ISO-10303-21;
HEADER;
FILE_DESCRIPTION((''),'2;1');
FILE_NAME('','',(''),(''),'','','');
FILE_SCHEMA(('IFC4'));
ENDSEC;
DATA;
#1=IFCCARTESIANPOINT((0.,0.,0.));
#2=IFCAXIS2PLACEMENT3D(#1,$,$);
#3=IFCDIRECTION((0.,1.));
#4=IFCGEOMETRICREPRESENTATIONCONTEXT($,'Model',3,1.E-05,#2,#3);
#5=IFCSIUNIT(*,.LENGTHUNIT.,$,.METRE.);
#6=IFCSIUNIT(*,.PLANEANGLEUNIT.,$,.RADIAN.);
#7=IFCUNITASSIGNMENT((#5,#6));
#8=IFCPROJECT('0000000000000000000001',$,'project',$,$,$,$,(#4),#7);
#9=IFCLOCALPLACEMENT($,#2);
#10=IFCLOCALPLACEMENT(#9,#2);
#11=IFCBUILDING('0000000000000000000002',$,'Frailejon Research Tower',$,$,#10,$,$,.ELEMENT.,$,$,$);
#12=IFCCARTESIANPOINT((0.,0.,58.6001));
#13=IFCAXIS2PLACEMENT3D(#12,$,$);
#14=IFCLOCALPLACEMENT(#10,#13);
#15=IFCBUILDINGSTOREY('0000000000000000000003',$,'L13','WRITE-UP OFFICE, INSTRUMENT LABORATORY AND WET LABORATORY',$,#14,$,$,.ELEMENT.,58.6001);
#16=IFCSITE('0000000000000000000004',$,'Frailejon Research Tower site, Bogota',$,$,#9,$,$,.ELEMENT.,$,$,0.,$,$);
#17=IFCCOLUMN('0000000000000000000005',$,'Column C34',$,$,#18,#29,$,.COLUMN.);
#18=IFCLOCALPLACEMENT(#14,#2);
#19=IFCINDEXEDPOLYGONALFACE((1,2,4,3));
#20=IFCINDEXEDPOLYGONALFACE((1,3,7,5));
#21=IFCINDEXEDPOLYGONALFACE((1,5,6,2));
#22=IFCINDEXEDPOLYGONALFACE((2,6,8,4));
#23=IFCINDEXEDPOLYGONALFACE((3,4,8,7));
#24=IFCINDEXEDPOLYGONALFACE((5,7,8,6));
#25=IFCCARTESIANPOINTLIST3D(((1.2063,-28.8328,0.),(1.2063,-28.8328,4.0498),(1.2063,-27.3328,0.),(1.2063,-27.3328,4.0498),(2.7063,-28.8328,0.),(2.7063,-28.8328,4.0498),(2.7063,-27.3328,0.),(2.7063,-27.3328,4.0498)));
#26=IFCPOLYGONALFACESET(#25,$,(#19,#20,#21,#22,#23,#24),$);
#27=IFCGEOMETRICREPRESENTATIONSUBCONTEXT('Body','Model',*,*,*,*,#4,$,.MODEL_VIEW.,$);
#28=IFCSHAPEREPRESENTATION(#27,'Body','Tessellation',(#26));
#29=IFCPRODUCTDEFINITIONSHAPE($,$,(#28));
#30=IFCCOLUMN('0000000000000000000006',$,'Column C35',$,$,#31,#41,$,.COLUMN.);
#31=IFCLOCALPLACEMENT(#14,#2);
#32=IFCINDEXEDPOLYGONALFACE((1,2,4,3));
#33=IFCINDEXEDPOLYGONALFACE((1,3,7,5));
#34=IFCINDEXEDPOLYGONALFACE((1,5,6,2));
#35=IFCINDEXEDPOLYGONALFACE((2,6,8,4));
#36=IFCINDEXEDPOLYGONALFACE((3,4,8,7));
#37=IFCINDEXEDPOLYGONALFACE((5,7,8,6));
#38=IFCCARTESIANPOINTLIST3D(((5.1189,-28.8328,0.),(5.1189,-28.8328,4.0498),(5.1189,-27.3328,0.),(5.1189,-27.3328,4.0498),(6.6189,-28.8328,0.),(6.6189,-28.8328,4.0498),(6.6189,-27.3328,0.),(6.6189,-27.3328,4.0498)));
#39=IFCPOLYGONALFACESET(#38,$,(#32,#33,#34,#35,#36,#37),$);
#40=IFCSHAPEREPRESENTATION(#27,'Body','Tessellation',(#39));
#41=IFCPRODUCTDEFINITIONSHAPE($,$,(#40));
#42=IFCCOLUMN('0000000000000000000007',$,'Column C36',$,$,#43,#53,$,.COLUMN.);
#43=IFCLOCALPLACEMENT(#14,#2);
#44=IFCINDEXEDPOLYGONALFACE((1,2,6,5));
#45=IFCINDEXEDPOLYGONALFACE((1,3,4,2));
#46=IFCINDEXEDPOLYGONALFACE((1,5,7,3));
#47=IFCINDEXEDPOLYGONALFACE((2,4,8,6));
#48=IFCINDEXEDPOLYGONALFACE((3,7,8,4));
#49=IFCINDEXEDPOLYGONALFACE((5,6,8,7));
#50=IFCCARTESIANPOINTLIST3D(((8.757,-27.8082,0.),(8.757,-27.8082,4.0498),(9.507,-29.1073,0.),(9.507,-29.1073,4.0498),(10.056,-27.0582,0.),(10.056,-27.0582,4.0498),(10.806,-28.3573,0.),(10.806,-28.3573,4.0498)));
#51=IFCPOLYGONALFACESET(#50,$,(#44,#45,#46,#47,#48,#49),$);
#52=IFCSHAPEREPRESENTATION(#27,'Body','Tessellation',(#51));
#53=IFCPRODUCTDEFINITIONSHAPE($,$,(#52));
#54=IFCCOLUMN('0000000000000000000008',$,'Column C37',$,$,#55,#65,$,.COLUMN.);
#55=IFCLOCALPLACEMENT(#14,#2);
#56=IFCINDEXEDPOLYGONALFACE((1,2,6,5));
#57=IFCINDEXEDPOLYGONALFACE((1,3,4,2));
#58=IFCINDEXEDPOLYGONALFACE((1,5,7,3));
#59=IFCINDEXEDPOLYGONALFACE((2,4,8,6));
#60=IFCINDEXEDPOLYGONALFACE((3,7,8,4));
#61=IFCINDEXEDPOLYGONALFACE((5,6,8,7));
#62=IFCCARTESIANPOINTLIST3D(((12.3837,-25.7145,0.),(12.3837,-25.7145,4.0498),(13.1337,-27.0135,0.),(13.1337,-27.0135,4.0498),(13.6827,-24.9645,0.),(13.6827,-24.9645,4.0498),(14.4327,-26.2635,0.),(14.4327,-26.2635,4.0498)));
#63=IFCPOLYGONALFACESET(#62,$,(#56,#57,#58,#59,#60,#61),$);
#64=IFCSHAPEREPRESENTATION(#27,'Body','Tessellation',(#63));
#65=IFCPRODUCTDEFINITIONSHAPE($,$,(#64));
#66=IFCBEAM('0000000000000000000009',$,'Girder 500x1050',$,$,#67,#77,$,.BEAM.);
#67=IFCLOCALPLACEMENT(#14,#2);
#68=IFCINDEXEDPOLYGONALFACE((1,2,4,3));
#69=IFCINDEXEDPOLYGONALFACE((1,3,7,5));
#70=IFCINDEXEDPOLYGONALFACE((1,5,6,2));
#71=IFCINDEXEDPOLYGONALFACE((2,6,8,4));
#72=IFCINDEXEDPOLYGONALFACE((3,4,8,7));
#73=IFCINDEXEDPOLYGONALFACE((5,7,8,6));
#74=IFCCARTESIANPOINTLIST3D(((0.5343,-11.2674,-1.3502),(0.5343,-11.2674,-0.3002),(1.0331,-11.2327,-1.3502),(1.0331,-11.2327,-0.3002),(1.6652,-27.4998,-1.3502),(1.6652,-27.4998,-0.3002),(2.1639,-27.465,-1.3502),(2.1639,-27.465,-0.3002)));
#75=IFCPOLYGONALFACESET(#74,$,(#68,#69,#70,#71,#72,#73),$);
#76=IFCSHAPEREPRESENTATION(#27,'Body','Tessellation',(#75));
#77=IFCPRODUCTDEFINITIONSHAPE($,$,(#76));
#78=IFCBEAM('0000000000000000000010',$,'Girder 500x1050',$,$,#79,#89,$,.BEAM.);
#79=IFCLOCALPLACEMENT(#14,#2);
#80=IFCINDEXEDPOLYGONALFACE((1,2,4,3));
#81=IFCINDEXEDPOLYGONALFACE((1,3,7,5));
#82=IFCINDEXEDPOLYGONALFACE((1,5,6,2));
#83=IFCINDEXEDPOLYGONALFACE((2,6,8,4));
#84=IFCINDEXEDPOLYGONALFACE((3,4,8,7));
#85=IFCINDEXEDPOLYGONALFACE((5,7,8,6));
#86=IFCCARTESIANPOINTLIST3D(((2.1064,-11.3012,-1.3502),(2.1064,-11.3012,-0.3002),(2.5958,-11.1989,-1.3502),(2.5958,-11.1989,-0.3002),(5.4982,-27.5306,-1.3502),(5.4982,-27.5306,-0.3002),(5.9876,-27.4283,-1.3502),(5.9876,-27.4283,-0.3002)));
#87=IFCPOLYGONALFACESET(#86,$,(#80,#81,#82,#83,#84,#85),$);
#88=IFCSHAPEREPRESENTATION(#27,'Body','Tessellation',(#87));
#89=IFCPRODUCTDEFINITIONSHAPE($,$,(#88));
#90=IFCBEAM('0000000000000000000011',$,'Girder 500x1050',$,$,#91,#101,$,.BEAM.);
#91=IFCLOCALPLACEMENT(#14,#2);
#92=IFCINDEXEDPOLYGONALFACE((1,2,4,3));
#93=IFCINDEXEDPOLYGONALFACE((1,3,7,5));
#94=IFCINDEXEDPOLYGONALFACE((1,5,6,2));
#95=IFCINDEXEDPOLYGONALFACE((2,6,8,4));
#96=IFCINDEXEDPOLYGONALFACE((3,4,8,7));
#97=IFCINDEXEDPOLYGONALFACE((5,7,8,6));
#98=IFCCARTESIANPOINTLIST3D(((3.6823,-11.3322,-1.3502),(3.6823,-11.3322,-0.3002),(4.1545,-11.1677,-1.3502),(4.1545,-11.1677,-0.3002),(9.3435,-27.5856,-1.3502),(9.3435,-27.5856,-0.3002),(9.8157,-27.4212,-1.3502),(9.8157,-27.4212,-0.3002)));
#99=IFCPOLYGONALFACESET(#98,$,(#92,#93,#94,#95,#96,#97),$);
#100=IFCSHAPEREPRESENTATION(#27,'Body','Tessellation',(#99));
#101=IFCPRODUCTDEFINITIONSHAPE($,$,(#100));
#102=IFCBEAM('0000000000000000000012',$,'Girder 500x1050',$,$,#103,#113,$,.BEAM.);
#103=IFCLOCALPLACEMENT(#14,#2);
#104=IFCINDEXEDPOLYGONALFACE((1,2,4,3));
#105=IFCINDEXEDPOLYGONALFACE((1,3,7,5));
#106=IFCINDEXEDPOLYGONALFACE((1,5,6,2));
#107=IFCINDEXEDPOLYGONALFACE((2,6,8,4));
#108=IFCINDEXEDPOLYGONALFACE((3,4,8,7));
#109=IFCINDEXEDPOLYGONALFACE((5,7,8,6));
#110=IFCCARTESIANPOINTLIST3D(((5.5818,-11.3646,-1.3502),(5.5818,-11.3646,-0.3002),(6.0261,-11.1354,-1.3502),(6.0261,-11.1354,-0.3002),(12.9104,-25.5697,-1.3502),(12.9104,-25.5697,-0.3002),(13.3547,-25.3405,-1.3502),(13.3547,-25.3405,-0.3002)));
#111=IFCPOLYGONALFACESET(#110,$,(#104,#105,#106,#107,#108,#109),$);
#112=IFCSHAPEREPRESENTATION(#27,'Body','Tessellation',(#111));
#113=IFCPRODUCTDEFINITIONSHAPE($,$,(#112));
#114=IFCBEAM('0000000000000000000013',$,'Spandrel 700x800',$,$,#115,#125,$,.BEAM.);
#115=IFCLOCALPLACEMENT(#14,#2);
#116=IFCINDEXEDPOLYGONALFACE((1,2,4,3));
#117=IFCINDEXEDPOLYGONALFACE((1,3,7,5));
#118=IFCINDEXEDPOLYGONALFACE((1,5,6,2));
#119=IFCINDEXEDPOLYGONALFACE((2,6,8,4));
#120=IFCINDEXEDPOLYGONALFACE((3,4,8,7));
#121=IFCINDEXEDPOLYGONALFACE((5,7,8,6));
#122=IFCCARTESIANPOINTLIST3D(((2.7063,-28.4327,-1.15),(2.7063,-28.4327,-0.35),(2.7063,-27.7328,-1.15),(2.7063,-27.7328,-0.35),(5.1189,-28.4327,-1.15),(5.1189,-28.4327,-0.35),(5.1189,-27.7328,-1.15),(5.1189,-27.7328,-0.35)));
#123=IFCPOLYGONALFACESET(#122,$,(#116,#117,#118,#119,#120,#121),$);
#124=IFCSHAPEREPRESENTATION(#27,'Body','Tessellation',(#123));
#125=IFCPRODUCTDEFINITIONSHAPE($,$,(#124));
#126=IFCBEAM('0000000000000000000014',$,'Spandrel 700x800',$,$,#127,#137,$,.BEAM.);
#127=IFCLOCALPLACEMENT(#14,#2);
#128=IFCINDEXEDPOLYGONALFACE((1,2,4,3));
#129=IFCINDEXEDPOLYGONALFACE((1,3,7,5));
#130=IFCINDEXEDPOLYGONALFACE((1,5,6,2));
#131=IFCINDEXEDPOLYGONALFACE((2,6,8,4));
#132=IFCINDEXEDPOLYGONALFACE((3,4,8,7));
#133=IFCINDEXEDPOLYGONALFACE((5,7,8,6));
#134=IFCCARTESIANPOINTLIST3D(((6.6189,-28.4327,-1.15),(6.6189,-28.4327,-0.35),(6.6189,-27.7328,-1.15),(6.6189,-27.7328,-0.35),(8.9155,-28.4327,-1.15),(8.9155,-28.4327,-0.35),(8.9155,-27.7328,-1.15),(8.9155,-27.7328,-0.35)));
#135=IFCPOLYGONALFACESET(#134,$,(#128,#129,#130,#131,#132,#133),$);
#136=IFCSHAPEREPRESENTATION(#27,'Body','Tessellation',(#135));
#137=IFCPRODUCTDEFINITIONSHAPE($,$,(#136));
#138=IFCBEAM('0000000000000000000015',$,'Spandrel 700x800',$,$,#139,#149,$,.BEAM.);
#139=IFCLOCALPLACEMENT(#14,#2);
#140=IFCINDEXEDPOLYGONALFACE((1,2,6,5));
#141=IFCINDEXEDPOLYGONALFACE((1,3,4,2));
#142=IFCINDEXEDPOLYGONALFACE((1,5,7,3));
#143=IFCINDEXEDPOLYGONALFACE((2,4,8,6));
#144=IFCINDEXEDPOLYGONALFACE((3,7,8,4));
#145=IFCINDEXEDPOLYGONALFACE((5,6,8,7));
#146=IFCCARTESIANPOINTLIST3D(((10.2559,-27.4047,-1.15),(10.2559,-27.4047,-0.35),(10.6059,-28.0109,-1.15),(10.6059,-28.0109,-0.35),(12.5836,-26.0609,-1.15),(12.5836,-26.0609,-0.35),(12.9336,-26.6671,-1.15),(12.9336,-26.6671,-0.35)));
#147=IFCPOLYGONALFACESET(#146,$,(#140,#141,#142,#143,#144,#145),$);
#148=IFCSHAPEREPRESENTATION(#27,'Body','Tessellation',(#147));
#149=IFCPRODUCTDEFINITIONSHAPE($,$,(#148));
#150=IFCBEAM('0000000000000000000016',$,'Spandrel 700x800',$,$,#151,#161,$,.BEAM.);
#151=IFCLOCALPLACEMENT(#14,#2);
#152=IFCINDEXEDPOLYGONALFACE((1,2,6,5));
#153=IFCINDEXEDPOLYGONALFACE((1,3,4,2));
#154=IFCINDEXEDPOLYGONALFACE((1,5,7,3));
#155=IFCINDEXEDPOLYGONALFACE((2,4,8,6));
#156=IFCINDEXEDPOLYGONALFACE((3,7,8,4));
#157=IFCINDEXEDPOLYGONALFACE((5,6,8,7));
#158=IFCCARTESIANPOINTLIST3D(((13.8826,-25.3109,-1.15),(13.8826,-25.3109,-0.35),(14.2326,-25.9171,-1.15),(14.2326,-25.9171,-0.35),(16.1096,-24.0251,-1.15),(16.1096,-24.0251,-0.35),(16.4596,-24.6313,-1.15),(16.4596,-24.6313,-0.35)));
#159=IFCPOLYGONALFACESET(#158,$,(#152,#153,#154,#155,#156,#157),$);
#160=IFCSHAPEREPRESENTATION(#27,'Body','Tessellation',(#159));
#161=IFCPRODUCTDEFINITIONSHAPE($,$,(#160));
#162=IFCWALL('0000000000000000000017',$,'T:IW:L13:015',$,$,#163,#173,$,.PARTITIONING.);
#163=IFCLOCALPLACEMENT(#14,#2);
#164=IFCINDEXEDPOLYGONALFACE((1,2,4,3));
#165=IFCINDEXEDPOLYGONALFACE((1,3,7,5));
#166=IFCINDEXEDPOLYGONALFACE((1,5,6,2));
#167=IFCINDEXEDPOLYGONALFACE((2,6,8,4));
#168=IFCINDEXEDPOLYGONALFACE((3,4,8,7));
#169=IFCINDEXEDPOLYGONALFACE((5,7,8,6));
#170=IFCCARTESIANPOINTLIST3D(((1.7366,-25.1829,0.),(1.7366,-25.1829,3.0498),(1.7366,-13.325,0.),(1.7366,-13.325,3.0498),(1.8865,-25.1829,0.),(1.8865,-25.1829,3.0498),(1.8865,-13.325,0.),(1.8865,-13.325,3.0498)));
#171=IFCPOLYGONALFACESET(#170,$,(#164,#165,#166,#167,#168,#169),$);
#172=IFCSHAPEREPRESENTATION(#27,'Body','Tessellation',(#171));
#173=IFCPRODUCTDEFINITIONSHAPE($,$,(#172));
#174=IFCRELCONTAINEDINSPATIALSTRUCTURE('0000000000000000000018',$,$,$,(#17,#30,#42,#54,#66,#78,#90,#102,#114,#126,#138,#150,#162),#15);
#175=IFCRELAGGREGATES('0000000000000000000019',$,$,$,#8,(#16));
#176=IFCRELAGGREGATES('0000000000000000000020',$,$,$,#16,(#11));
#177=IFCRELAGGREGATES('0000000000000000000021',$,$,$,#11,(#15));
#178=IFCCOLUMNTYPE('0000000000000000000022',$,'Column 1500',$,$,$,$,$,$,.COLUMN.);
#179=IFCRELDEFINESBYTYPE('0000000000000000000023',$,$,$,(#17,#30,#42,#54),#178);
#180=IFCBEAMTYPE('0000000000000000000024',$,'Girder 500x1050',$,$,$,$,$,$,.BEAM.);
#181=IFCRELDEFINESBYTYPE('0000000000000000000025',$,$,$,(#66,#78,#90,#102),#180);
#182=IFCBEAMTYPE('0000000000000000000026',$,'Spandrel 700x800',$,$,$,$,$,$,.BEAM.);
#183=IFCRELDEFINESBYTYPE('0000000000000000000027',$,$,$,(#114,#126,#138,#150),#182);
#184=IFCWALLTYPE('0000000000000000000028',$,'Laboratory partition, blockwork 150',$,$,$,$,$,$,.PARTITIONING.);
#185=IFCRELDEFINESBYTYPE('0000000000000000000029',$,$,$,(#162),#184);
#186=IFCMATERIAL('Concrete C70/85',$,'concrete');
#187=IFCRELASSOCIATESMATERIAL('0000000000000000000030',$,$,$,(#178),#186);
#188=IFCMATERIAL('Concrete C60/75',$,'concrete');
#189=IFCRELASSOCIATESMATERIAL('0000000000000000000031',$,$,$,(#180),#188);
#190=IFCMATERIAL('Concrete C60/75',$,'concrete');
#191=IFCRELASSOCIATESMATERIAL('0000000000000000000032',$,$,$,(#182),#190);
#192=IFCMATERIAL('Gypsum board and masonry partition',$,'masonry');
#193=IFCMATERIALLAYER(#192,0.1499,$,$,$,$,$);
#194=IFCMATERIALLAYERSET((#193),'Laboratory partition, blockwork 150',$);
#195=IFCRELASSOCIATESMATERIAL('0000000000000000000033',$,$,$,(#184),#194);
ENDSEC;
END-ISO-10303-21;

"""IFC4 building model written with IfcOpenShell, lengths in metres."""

from ifc_helpers import new_model, si_unit, direction, frame, frame_2d, origin, origin_2d, place, context, subcontext, project, spatial, rectangle, extrude, material, layer, layer_set, material_profile, profile_set, type_object, element, save


model = new_model("IFC4")

# Units and contexts
model_context = context("Model", 3, precision=1e-05, world=origin(), true_north=direction((0.0, 1.0)))
body_context = subcontext(model_context, "Body", "Model", "MODEL_VIEW")
ifc_project = project(units=[si_unit("LENGTHUNIT", "METRE"), si_unit("PLANEANGLEUNIT", "RADIAN")], contexts=[model_context])

# Site, building, storey
site_placement = place(None, origin())
site = spatial("IfcSite", under=ifc_project, at=site_placement, Name="Frailejon Research Tower site, Bogota", CompositionType="ELEMENT", RefElevation=0.0)
building_placement = place(site_placement, origin())
building = spatial("IfcBuilding", under=site, at=building_placement, Name="Frailejon Research Tower", CompositionType="ELEMENT")
storey_placement = place(building_placement, frame((0.0, 0.0, 58.6001)))
storey = spatial("IfcBuildingStorey", under=building, at=storey_placement, Name="L13", Description="WRITE-UP OFFICE, INSTRUMENT LABORATORY AND WET LABORATORY", CompositionType="ELEMENT", Elevation=58.6001)

# Columns
ifc_material_1 = material(Name="Concrete C70/85", Category="concrete")
ifc_material_profile_1 = material_profile(ifc_material_1, rectangle(XDim=1.5, YDim=1.5, at=origin_2d()), Name="Column 1500")
ifc_profile_set_1 = profile_set([ifc_material_profile_1], Name="Concrete C70/85")
column_type = type_object("IfcColumnType", Name="Column 1500", PredefinedType="COLUMN", material=ifc_profile_set_1)
for number, where, z_axis, x_axis, name in (
    (1, (1.9563, -28.0828, 0.0), (0.0, 0.0, 1.0), (1.0, 0.0, 0.0), "Column C34"),
    (2, (5.8689, -28.0828, 0.0), (0.0, 0.0, 1.0), (1.0, 0.0, 0.0), "Column C35"),
    (3, (9.7815, -28.0828, 0.0), (0.0, 0.0, 1.0), (0.866025, 0.5, 0.0), "Column C36"),
    (4, (13.4082, -25.989, 0.0), (0.0, 0.0, 1.0), (0.866025, 0.5, 0.0), "Column C37"),
):
    element("IfcColumn", number, at=place(storey_placement, frame(where, z_axis=z_axis, x_axis=x_axis)), inside=storey, type_object=column_type, Name=name, PredefinedType="COLUMN", context=body_context, shape_type="SweptSolid", body=[
        extrude(rectangle(XDim=1.5, YDim=1.5, at=origin_2d()), origin(), (0.0, 0.0, 1.0), 4.0498),
    ])

# Beams
ifc_material_2 = material(Name="Concrete C60/75", Category="concrete")
ifc_material_profile_2 = material_profile(ifc_material_2, rectangle(XDim=0.5, YDim=1.05, at=origin_2d()), Name="Girder 500x1050")
ifc_profile_set_2 = profile_set([ifc_material_profile_2], Name="Concrete C60/75")
beam_type_1 = type_object("IfcBeamType", Name="Girder 500x1050", PredefinedType="BEAM", material=ifc_profile_set_2)
beam_1_placement = place(storey_placement, frame((1.9146, -27.4824, -0.8252), z_axis=(-0.069498, 0.997582, 0.0), x_axis=(-0.997582, -0.069498, 0.0)))
element("IfcBeam", 5, at=beam_1_placement, inside=storey, type_object=beam_type_1, Name="Girder 500x1050", PredefinedType="BEAM", context=body_context, shape_type="SweptSolid", body=[
    extrude(rectangle(XDim=0.5, YDim=1.05, at=origin_2d()), origin(), (0.0, 0.0, 1.0), 16.2717),
])
beam_2_placement = place(storey_placement, frame((5.7429, -27.4795, -0.8252), z_axis=(-0.204573, 0.978851, 0.0), x_axis=(-0.978851, -0.204573, 0.0)))
element("IfcBeam", 6, at=beam_2_placement, inside=storey, type_object=beam_type_1, Name="Girder 500x1050", PredefinedType="BEAM", context=body_context, shape_type="SweptSolid", body=[
    extrude(rectangle(XDim=0.5, YDim=1.05, at=origin_2d()), origin(), (0.0, 0.0, 1.0), 16.5801),
])
beam_3_placement = place(storey_placement, frame((9.5796, -27.5034, -0.8252), z_axis=(-0.328923, 0.944357, 0.0), x_axis=(-0.944357, -0.328923, 0.0)))
element("IfcBeam", 7, at=beam_3_placement, inside=storey, type_object=beam_type_1, Name="Girder 500x1050", PredefinedType="BEAM", context=body_context, shape_type="SweptSolid", body=[
    extrude(rectangle(XDim=0.5, YDim=1.05, at=origin_2d()), origin(), (0.0, 0.0, 1.0), 17.2112),
])
beam_4_placement = place(storey_placement, frame((13.1326, -25.4551, -0.8252), z_axis=(-0.458493, 0.888698, 0.0), x_axis=(-0.888698, -0.458493, 0.0)))
element("IfcBeam", 8, at=beam_4_placement, inside=storey, type_object=beam_type_1, Name="Girder 500x1050", PredefinedType="BEAM", context=body_context, shape_type="SweptSolid", body=[
    extrude(rectangle(XDim=0.5, YDim=1.05, at=origin_2d()), origin(), (0.0, 0.0, 1.0), 15.9841),
])
ifc_material_3 = material(Name="Concrete C60/75", Category="concrete")
ifc_material_profile_3 = material_profile(ifc_material_3, rectangle(XDim=0.7, YDim=0.8, at=origin_2d()), Name="Spandrel 700x800")
ifc_profile_set_3 = profile_set([ifc_material_profile_3], Name="Concrete C60/75")
beam_type_2 = type_object("IfcBeamType", Name="Spandrel 700x800", PredefinedType="BEAM", material=ifc_profile_set_3)
beam_5_placement = place(storey_placement, frame((2.7063, -28.0828, -0.75), z_axis=(1.0, 0.0, 0.0), x_axis=(0.0, 1.0, 0.0)))
element("IfcBeam", 9, at=beam_5_placement, inside=storey, type_object=beam_type_2, Name="Spandrel 700x800", PredefinedType="BEAM", context=body_context, shape_type="SweptSolid", body=[
    extrude(rectangle(XDim=0.7, YDim=0.8, at=origin_2d()), origin(), (0.0, 0.0, 1.0), 2.4126),
])
beam_6_placement = place(storey_placement, frame((6.6189, -28.0828, -0.75), z_axis=(1.0, 0.0, 0.0), x_axis=(0.0, 1.0, 0.0)))
element("IfcBeam", 10, at=beam_6_placement, inside=storey, type_object=beam_type_2, Name="Spandrel 700x800", PredefinedType="BEAM", context=body_context, shape_type="SweptSolid", body=[
    extrude(rectangle(XDim=0.7, YDim=0.8, at=origin_2d()), origin(), (0.0, 0.0, 1.0), 2.2966),
])
beam_7_placement = place(storey_placement, frame((10.4309, -27.7078, -0.75), z_axis=(0.866043, 0.499969, 0.0), x_axis=(-0.499969, 0.866043, 0.0)))
element("IfcBeam", 11, at=beam_7_placement, inside=storey, type_object=beam_type_2, Name="Spandrel 700x800", PredefinedType="BEAM", context=body_context, shape_type="SweptSolid", body=[
    extrude(rectangle(XDim=0.7, YDim=0.8, at=origin_2d()), origin(), (0.0, 0.0, 1.0), 2.6877),
])
beam_8_placement = place(storey_placement, frame((14.0576, -25.614, -0.75), z_axis=(0.866009, 0.500029, 0.0), x_axis=(-0.500029, 0.866009, 0.0)))
element("IfcBeam", 12, at=beam_8_placement, inside=storey, type_object=beam_type_2, Name="Spandrel 700x800", PredefinedType="BEAM", context=body_context, shape_type="SweptSolid", body=[
    extrude(rectangle(XDim=0.7, YDim=0.8, at=origin_2d()), origin(), (0.0, 0.0, 1.0), 2.5715),
])

# Wall
ifc_material_4 = material(Name="Gypsum board and masonry partition", Category="masonry")
ifc_layer_1 = layer(ifc_material_4, 0.1499)
ifc_layer_set_1 = layer_set([ifc_layer_1], Name="Laboratory partition, blockwork 150")
wall_type_1 = type_object("IfcWallType", Name="Laboratory partition, blockwork 150", PredefinedType="PARTITIONING", material=ifc_layer_set_1)
wall_1_placement = place(storey_placement, frame((1.8115, -25.1829, 0.0), z_axis=(0.0, 0.0, 1.0), x_axis=(0.0, 1.0, 0.0)))
element("IfcWall", 13, at=wall_1_placement, inside=storey, type_object=wall_type_1, Name="T:IW:L13:015", PredefinedType="PARTITIONING", context=body_context, shape_type="SweptSolid", body=[
    extrude(rectangle(XDim=11.8579, YDim=0.1499, at=frame_2d((5.929, 0.0))), origin(), (0.0, 0.0, 1.0), 3.0498),
])

save(model, "model.ifc")
